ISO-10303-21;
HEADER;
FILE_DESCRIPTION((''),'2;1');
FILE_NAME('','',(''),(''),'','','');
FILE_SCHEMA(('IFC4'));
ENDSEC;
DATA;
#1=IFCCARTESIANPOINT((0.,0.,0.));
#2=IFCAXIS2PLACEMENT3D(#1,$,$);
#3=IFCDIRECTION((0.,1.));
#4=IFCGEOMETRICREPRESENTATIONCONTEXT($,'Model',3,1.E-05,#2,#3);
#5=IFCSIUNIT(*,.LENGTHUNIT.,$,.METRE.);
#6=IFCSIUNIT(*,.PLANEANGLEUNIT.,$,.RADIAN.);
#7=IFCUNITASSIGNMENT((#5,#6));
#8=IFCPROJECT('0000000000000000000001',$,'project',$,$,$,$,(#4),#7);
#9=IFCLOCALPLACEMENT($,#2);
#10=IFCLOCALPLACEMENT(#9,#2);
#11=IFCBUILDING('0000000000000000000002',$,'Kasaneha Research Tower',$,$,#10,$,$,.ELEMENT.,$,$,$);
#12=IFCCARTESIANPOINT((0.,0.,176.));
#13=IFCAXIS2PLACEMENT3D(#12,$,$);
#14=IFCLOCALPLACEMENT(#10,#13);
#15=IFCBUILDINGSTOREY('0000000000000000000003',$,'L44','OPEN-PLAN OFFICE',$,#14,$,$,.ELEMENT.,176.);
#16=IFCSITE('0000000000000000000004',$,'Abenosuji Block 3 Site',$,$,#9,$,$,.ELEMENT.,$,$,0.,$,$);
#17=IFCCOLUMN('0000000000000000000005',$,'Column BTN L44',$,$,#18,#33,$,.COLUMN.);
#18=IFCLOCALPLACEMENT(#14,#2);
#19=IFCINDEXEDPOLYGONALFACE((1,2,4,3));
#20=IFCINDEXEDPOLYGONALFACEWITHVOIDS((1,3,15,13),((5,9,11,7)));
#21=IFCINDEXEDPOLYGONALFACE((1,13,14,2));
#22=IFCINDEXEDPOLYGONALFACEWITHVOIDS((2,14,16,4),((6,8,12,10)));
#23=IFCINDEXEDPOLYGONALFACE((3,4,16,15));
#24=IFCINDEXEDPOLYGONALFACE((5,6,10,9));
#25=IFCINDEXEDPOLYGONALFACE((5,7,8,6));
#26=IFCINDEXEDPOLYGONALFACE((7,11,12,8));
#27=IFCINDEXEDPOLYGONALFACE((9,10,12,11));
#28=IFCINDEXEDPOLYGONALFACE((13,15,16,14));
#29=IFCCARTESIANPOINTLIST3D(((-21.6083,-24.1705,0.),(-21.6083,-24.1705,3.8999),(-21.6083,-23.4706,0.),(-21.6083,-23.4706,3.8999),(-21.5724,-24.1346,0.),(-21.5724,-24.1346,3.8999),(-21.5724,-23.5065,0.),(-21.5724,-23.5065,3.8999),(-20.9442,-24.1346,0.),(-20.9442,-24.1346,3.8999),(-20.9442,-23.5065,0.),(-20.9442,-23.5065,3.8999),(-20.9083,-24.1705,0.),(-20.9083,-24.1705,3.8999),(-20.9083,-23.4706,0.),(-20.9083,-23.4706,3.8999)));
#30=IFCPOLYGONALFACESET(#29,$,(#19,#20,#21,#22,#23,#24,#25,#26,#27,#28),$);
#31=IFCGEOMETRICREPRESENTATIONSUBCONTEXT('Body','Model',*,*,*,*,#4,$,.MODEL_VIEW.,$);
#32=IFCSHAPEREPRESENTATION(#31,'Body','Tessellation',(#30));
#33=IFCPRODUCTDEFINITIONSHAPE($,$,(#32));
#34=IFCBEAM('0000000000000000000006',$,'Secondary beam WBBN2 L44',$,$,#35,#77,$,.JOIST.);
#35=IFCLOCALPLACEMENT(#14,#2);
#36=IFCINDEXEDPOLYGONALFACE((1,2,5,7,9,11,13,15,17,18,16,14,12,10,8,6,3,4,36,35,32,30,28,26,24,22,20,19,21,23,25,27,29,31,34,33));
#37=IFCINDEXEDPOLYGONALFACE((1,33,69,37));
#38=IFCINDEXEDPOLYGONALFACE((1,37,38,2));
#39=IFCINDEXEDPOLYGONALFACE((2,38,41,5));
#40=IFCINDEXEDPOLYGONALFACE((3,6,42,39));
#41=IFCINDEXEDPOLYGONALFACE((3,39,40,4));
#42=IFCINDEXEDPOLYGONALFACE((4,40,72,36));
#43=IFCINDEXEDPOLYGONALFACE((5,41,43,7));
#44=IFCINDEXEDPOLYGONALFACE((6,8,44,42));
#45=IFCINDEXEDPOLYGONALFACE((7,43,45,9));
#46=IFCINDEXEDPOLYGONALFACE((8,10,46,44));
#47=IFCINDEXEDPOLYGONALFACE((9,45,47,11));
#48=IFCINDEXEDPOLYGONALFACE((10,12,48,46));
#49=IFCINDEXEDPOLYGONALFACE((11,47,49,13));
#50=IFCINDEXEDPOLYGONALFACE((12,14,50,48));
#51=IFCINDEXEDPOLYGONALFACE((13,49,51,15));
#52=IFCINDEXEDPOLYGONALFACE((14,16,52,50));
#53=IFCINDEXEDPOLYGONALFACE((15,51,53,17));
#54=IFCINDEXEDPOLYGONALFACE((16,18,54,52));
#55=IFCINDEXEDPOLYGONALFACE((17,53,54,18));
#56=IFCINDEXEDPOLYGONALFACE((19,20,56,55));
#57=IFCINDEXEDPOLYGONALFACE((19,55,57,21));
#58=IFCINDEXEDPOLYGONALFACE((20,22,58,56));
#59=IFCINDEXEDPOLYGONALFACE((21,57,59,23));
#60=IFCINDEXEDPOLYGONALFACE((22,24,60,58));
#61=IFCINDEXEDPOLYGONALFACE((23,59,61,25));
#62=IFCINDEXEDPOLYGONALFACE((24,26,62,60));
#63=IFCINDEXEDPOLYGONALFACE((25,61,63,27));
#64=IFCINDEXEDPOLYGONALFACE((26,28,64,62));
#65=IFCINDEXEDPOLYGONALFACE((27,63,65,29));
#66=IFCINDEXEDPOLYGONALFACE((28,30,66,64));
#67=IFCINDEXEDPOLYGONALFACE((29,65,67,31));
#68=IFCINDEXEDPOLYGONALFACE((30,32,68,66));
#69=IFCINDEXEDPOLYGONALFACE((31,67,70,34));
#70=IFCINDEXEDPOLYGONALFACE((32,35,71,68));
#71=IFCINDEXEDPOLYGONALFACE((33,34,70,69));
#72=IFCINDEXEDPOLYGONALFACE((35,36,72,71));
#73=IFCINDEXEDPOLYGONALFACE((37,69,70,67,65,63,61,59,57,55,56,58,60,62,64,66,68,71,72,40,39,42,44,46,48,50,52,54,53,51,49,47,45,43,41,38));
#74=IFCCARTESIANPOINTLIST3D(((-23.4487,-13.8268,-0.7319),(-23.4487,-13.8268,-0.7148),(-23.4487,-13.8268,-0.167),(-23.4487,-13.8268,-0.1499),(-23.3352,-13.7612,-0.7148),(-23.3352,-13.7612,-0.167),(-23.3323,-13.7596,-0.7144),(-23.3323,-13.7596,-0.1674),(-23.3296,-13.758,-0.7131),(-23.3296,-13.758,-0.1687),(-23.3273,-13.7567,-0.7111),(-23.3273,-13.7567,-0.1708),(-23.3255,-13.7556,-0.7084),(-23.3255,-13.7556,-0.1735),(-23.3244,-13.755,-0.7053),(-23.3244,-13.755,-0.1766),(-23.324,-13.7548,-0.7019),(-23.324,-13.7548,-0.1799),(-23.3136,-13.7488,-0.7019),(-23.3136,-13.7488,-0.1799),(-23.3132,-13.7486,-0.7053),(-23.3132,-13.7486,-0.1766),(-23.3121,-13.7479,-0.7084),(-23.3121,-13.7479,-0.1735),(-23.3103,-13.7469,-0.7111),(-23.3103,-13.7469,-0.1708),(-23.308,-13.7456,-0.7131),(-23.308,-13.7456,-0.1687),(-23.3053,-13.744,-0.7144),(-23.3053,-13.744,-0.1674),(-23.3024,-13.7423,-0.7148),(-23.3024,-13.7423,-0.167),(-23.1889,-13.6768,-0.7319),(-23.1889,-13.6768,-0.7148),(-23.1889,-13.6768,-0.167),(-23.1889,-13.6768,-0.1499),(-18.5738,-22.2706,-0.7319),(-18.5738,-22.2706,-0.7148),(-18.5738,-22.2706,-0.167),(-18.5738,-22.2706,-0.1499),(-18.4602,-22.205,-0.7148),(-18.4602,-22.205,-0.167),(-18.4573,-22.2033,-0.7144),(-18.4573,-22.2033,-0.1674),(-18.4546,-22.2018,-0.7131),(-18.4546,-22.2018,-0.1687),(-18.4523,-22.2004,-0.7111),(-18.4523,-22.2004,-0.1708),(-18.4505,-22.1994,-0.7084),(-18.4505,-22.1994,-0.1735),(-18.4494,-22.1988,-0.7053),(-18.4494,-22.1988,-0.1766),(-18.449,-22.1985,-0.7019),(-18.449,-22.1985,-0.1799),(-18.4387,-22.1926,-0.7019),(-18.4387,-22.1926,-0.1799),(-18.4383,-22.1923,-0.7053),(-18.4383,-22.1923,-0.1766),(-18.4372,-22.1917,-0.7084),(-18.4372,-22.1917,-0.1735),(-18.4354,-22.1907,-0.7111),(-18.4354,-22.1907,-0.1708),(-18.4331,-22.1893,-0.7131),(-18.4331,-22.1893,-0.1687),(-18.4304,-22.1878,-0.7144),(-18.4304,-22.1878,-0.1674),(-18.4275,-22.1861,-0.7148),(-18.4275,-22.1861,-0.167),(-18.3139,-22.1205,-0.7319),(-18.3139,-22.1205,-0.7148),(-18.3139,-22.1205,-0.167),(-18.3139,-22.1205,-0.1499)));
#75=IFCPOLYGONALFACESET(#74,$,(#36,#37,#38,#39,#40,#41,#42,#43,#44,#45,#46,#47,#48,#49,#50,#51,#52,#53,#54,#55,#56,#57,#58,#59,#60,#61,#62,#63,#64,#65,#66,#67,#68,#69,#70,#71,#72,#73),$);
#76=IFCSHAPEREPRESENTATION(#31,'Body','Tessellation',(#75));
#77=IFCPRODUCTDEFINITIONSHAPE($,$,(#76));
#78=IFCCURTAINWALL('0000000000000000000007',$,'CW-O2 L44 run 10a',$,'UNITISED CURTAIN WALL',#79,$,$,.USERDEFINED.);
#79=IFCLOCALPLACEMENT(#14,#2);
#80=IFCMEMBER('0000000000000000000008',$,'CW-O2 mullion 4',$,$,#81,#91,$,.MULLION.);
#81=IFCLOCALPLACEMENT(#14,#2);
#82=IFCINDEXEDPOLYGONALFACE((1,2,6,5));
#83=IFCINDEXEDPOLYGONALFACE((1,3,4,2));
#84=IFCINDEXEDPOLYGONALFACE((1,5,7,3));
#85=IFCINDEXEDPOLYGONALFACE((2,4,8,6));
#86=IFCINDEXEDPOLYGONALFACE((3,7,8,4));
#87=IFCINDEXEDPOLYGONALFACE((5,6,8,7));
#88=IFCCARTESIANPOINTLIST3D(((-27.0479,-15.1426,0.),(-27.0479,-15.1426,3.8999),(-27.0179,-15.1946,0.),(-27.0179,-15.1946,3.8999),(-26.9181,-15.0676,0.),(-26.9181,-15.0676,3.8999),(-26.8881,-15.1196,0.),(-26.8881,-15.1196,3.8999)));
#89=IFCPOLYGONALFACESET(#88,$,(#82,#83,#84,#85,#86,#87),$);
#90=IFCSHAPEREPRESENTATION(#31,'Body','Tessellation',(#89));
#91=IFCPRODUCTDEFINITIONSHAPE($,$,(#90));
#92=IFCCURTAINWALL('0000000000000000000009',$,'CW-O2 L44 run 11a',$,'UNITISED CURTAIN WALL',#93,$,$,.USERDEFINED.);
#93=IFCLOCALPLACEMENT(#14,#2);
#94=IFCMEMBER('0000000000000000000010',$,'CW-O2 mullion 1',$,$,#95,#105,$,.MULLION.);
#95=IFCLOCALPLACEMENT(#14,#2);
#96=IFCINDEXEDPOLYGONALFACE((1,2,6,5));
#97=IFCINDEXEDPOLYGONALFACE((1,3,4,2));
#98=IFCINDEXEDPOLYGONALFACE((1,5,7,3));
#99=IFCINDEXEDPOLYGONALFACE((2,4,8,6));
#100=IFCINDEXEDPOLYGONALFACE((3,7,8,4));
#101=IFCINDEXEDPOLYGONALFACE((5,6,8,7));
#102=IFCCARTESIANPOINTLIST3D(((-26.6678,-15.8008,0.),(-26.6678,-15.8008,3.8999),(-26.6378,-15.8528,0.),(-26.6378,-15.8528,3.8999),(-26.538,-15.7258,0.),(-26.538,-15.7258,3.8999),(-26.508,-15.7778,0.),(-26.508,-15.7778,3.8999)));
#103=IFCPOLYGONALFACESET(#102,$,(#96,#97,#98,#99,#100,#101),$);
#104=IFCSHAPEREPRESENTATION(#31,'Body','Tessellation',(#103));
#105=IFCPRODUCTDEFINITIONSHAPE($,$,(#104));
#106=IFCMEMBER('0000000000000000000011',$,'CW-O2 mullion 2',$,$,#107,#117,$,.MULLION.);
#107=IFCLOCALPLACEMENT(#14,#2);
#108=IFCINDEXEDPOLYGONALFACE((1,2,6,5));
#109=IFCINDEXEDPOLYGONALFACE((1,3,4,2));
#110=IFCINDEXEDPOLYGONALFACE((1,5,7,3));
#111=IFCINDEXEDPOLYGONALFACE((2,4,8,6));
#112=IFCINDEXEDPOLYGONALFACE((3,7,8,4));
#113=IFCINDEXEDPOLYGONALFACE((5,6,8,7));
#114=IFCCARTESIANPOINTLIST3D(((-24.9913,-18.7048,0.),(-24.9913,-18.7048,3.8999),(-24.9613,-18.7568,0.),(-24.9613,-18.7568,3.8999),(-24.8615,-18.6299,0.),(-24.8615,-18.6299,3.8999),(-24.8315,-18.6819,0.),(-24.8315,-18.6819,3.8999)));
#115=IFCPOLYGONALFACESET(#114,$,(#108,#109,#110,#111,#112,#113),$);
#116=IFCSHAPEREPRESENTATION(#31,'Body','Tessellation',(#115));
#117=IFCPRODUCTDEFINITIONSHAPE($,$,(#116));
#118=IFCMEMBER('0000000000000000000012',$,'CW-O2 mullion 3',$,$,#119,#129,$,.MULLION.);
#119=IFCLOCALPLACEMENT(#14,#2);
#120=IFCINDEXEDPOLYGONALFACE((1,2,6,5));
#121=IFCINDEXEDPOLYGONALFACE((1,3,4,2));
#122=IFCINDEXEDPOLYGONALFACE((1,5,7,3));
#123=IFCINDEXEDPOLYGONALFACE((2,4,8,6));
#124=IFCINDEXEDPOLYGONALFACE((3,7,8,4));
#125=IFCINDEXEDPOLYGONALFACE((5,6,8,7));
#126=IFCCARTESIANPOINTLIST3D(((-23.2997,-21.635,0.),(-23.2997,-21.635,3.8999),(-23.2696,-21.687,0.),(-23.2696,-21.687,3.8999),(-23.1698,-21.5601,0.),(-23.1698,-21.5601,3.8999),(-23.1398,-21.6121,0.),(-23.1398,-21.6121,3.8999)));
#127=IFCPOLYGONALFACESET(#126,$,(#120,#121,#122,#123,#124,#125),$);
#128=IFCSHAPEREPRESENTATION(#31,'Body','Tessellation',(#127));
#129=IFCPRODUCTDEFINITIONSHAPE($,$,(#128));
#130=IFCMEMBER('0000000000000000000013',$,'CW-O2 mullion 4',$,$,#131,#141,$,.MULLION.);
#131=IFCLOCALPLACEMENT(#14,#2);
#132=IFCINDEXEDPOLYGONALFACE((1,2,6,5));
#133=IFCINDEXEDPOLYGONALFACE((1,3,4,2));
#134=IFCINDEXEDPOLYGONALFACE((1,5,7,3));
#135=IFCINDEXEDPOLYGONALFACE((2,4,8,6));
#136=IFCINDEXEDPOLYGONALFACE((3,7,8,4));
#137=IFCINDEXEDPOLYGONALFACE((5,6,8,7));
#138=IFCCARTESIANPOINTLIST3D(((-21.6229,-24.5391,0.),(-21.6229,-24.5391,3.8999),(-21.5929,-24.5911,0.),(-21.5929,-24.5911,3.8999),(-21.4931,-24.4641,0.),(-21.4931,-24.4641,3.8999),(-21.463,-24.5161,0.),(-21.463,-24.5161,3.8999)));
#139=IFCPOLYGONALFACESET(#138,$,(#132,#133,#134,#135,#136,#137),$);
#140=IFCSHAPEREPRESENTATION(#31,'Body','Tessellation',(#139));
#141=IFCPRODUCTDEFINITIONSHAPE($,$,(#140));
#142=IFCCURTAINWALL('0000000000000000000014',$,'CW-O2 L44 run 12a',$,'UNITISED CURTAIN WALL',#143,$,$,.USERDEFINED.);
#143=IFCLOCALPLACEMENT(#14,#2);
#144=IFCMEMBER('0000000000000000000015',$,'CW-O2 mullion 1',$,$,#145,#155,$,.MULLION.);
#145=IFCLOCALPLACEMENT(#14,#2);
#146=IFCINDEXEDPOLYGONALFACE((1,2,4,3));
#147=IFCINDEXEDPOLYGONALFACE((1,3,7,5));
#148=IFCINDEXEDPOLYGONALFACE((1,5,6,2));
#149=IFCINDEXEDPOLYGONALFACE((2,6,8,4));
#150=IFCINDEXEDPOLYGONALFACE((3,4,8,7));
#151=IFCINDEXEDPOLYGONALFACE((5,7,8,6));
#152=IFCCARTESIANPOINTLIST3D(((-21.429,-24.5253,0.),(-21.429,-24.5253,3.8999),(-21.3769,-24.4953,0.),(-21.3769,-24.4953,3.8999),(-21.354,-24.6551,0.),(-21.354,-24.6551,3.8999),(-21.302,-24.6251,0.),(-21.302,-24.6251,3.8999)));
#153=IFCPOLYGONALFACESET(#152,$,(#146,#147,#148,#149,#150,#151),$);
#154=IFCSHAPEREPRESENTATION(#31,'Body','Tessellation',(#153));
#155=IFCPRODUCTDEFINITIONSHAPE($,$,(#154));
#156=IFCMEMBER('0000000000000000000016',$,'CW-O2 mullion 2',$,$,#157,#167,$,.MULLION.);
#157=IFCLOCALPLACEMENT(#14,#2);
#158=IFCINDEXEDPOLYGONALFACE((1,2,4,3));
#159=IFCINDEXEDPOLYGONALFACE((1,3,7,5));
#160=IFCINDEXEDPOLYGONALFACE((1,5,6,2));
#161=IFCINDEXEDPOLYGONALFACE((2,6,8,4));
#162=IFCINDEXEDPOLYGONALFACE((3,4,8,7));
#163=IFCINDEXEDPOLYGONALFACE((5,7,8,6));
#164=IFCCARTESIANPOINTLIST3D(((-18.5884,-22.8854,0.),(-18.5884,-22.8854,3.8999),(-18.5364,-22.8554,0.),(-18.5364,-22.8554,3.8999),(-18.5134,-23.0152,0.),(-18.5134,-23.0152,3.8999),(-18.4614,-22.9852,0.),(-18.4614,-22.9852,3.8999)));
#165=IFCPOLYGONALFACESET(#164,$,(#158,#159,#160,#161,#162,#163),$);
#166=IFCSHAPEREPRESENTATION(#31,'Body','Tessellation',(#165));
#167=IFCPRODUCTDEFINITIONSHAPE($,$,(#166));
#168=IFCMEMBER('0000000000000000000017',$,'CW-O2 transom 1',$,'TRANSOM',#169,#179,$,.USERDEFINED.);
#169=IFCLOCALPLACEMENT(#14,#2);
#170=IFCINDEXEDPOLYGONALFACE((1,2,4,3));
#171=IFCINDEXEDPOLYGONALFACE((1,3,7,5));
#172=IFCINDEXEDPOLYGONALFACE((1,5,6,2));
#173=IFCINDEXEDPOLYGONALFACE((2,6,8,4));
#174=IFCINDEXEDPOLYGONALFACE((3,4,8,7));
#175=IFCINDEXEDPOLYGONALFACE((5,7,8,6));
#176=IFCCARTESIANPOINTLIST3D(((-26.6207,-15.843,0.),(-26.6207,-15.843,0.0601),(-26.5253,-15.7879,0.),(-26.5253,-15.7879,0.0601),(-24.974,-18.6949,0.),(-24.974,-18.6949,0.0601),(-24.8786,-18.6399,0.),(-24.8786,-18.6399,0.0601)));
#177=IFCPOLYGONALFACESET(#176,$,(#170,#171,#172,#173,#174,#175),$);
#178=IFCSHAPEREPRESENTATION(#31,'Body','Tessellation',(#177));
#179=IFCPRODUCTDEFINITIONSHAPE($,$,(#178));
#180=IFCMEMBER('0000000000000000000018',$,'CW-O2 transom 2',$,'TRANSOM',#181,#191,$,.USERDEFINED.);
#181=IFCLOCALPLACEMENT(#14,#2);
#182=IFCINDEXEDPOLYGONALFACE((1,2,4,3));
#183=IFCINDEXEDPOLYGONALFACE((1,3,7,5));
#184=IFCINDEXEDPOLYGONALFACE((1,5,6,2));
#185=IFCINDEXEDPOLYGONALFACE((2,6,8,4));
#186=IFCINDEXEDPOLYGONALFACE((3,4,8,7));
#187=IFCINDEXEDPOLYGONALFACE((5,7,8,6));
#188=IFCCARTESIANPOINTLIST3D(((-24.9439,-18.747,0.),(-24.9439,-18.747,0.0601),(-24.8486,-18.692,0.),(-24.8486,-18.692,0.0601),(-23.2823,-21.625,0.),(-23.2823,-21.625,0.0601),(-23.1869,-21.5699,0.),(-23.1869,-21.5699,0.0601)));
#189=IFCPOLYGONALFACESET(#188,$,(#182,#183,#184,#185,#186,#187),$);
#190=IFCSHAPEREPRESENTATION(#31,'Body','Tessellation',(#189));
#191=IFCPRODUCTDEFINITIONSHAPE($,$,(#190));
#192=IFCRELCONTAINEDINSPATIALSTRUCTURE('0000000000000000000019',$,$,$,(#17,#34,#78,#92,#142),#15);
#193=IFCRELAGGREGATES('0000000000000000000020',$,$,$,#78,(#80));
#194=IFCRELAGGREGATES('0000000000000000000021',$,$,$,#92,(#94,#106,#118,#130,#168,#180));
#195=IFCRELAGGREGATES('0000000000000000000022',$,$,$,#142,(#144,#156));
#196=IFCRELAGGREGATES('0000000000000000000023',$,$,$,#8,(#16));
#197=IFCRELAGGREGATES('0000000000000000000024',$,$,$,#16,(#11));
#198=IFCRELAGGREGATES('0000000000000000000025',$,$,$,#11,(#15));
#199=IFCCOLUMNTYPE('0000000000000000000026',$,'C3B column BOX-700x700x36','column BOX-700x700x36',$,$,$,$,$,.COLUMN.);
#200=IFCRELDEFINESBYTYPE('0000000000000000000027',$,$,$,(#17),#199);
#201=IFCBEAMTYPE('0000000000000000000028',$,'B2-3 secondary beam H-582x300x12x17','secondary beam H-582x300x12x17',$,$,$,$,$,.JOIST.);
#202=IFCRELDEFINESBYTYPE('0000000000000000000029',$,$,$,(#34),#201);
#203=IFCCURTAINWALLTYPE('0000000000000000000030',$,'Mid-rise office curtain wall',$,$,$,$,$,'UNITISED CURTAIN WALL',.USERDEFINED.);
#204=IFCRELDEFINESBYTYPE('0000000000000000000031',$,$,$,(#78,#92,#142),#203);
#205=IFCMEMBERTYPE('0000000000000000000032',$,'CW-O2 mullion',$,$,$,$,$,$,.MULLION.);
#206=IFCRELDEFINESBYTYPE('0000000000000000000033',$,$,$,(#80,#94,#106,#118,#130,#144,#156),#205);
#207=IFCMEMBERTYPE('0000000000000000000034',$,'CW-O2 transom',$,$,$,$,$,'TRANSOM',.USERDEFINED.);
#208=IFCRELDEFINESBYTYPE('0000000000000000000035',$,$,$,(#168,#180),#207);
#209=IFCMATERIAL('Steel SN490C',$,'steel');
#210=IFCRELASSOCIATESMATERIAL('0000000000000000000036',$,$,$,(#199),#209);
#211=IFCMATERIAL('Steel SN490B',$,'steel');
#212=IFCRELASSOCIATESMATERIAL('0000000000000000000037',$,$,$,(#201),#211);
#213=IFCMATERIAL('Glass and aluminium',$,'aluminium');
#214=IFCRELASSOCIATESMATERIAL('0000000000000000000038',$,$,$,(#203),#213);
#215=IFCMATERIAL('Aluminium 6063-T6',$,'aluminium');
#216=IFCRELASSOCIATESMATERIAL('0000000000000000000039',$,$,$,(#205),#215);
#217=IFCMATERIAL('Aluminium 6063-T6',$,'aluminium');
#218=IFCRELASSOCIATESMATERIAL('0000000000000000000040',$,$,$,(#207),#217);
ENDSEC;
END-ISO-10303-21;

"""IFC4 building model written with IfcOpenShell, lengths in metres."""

from ifc_helpers import new_model, si_unit, direction, frame, origin, origin_2d, place, context, subcontext, project, spatial, rectangle, hollow_rectangle, i_section, extrude, material, material_profile, profile_set, type_object, element, aggregate, save


model = new_model("IFC4")

# Units and contexts
model_context = context("Model", 3, precision=1e-05, world=origin(), true_north=direction((0.0, 1.0)))
body_context = subcontext(model_context, "Body", "Model", "MODEL_VIEW")
ifc_project = project(units=[si_unit("LENGTHUNIT", "METRE"), si_unit("PLANEANGLEUNIT", "RADIAN")], contexts=[model_context])

# Site, building, storey
site_placement = place(None, origin())
site = spatial("IfcSite", under=ifc_project, at=site_placement, Name="Abenosuji Block 3 Site", CompositionType="ELEMENT", RefElevation=0.0)
building_placement = place(site_placement, origin())
building = spatial("IfcBuilding", under=site, at=building_placement, Name="Kasaneha Research Tower", CompositionType="ELEMENT")
storey_placement = place(building_placement, frame((0.0, 0.0, 176.0)))
storey = spatial("IfcBuildingStorey", under=building, at=storey_placement, Name="L44", Description="OPEN-PLAN OFFICE", CompositionType="ELEMENT", Elevation=176.0)

# Column
ifc_material_1 = material(Name="Steel SN490C", Category="steel")
ifc_material_profile_1 = material_profile(ifc_material_1, hollow_rectangle(XDim=0.7, YDim=0.7, WallThickness=0.0359, at=origin_2d()), Name="BOX-700x700x36")
ifc_profile_set_1 = profile_set([ifc_material_profile_1], Name="Steel SN490C")
column_type = type_object("IfcColumnType", Name="C3B column BOX-700x700x36", Description="column BOX-700x700x36", PredefinedType="COLUMN", material=ifc_profile_set_1)
column_placement = place(storey_placement, frame((-21.2583, -23.8206, 0.0), z_axis=(0.0, 0.0, 1.0), x_axis=(1.0, 0.0, 0.0)))
element("IfcColumn", 1, at=column_placement, inside=storey, type_object=column_type, Name="Column BTN L44", PredefinedType="COLUMN", context=body_context, shape_type="SweptSolid", body=[
    extrude(hollow_rectangle(XDim=0.7, YDim=0.7, WallThickness=0.0359, at=origin_2d()), origin(), (0.0, 0.0, 1.0), 3.8999),
])

# Beam
ifc_material_2 = material(Name="Steel SN490B", Category="steel")
ifc_material_profile_2 = material_profile(ifc_material_2, i_section(OverallWidth=0.3, OverallDepth=0.582, WebThickness=0.012, FlangeThickness=0.0171, FilletRadius=0.0129, at=origin_2d()), Name="H-582x300x12x17")
ifc_profile_set_2 = profile_set([ifc_material_profile_2], Name="Steel SN490B")
beam_type_1 = type_object("IfcBeamType", Name="B2-3 secondary beam H-582x300x12x17", Description="secondary beam H-582x300x12x17", PredefinedType="JOIST", material=ifc_profile_set_2)
beam_1_placement = place(storey_placement, frame((-18.4438, -22.1956, -0.4409), z_axis=(-0.499996, 0.866028, 0.0), x_axis=(-0.866028, -0.499996, 0.0)))
element("IfcBeam", 2, at=beam_1_placement, inside=storey, type_object=beam_type_1, Name="Secondary beam WBBN2 L44", PredefinedType="JOIST", context=body_context, shape_type="SweptSolid", body=[
    extrude(i_section(OverallWidth=0.3, OverallDepth=0.582, WebThickness=0.012, FlangeThickness=0.0171, FilletRadius=0.0129, at=origin_2d()), origin(), (0.0, 0.0, 1.0), 9.75),
])

# Curtain wall, member
ifc_material_3 = material(Name="Glass and aluminium", Category="aluminium")
curtain_wall_type = type_object("IfcCurtainWallType", Name="Mid-rise office curtain wall", ElementType="UNITISED CURTAIN WALL", PredefinedType="USERDEFINED", material=ifc_material_3)
curtain_wall_1_placement = place(storey_placement, origin())
curtain_wall_1 = element("IfcCurtainWall", 3, at=curtain_wall_1_placement, inside=storey, type_object=curtain_wall_type, Name="CW-O2 L44 run 10a", ObjectType="UNITISED CURTAIN WALL", PredefinedType="USERDEFINED")
ifc_material_4 = material(Name="Aluminium 6063-T6", Category="aluminium")
ifc_material_profile_3 = material_profile(ifc_material_4, rectangle(XDim=0.0601, YDim=0.1499, at=origin_2d()), Name="CW-O2 mullion 60x150")
ifc_profile_set_3 = profile_set([ifc_material_profile_3], Name="Aluminium 6063-T6")
member_type_1 = type_object("IfcMemberType", Name="CW-O2 mullion", PredefinedType="MULLION", material=ifc_profile_set_3)
member_1_placement = place(storey_placement, frame((-26.968, -15.1311, 0.0), z_axis=(0.0, 0.0, 1.0), x_axis=(0.5, -0.866025, 0.0)))
member_1 = element("IfcMember", 4, at=member_1_placement, type_object=member_type_1, Name="CW-O2 mullion 4", PredefinedType="MULLION", context=body_context, shape_type="SweptSolid", body=[
    extrude(rectangle(XDim=0.0601, YDim=0.1499, at=origin_2d()), origin(), (0.0, 0.0, 1.0), 3.8999),
])
aggregate(curtain_wall_1, [member_1])

# Curtain walls, members
curtain_wall_2_placement = place(storey_placement, origin())
curtain_wall_2 = element("IfcCurtainWall", 5, at=curtain_wall_2_placement, inside=storey, type_object=curtain_wall_type, Name="CW-O2 L44 run 11a", ObjectType="UNITISED CURTAIN WALL", PredefinedType="USERDEFINED")
member_2_placement = place(storey_placement, frame((-26.5879, -15.7893, 0.0), z_axis=(0.0, 0.0, 1.0), x_axis=(0.5, -0.866025, 0.0)))
member_2 = element("IfcMember", 6, at=member_2_placement, type_object=member_type_1, Name="CW-O2 mullion 1", PredefinedType="MULLION", context=body_context, shape_type="SweptSolid", body=[
    extrude(rectangle(XDim=0.0601, YDim=0.1499, at=origin_2d()), origin(), (0.0, 0.0, 1.0), 3.8999),
])
member_3_placement = place(storey_placement, frame((-24.9114, -18.6934, 0.0), z_axis=(0.0, 0.0, 1.0), x_axis=(0.5, -0.866025, 0.0)))
member_3 = element("IfcMember", 7, at=member_3_placement, type_object=member_type_1, Name="CW-O2 mullion 2", PredefinedType="MULLION", context=body_context, shape_type="SweptSolid", body=[
    extrude(rectangle(XDim=0.0601, YDim=0.1499, at=origin_2d()), origin(), (0.0, 0.0, 1.0), 3.8999),
])
member_4_placement = place(storey_placement, frame((-23.2197, -21.6235, 0.0), z_axis=(0.0, 0.0, 1.0), x_axis=(0.5, -0.866025, 0.0)))
member_4 = element("IfcMember", 8, at=member_4_placement, type_object=member_type_1, Name="CW-O2 mullion 3", PredefinedType="MULLION", context=body_context, shape_type="SweptSolid", body=[
    extrude(rectangle(XDim=0.0601, YDim=0.1499, at=origin_2d()), origin(), (0.0, 0.0, 1.0), 3.8999),
])
member_5_placement = place(storey_placement, frame((-21.543, -24.5276, 0.0), z_axis=(0.0, 0.0, 1.0), x_axis=(0.5, -0.866025, 0.0)))
member_5 = element("IfcMember", 9, at=member_5_placement, type_object=member_type_1, Name="CW-O2 mullion 4", PredefinedType="MULLION", context=body_context, shape_type="SweptSolid", body=[
    extrude(rectangle(XDim=0.0601, YDim=0.1499, at=origin_2d()), origin(), (0.0, 0.0, 1.0), 3.8999),
])
curtain_wall_3_placement = place(storey_placement, origin())
curtain_wall_3 = element("IfcCurtainWall", 10, at=curtain_wall_3_placement, inside=storey, type_object=curtain_wall_type, Name="CW-O2 L44 run 12a", ObjectType="UNITISED CURTAIN WALL", PredefinedType="USERDEFINED")
member_6_placement = place(storey_placement, frame((-21.3655, -24.5752, 0.0), z_axis=(0.0, 0.0, 1.0), x_axis=(0.866025, 0.5, 0.0)))
member_6 = element("IfcMember", 11, at=member_6_placement, type_object=member_type_1, Name="CW-O2 mullion 1", PredefinedType="MULLION", context=body_context, shape_type="SweptSolid", body=[
    extrude(rectangle(XDim=0.0601, YDim=0.1499, at=origin_2d()), origin(), (0.0, 0.0, 1.0), 3.8999),
])
member_7_placement = place(storey_placement, frame((-18.5249, -22.9353, 0.0), z_axis=(0.0, 0.0, 1.0), x_axis=(0.866025, 0.5, 0.0)))
member_7 = element("IfcMember", 12, at=member_7_placement, type_object=member_type_1, Name="CW-O2 mullion 2", PredefinedType="MULLION", context=body_context, shape_type="SweptSolid", body=[
    extrude(rectangle(XDim=0.0601, YDim=0.1499, at=origin_2d()), origin(), (0.0, 0.0, 1.0), 3.8999),
])

# Members
ifc_material_5 = material(Name="Aluminium 6063-T6", Category="aluminium")
ifc_material_profile_4 = material_profile(ifc_material_5, rectangle(XDim=0.1101, YDim=0.0601, at=origin_2d()), Name="CW-O2 transom 110x60")
ifc_profile_set_4 = profile_set([ifc_material_profile_4], Name="Aluminium 6063-T6")
member_type_2 = type_object("IfcMemberType", Name="CW-O2 transom", ElementType="TRANSOM", PredefinedType="USERDEFINED", material=ifc_profile_set_4)
member_8_placement = place(storey_placement, frame((-26.573, -15.8154, 0.03), z_axis=(0.500022, -0.866013, 0.0), x_axis=(0.866013, 0.500022, 0.0)))
member_8 = element("IfcMember", 13, at=member_8_placement, type_object=member_type_2, Name="CW-O2 transom 1", ObjectType="TRANSOM", PredefinedType="USERDEFINED", context=body_context, shape_type="SweptSolid", body=[
    extrude(rectangle(XDim=0.1101, YDim=0.0601, at=origin_2d()), origin(), (0.0, 0.0, 1.0), 3.2932),
])
member_9_placement = place(storey_placement, frame((-24.8962, -18.7195, 0.03), z_axis=(0.500011, -0.866019, 0.0), x_axis=(0.866019, 0.500011, 0.0)))
member_9 = element("IfcMember", 14, at=member_9_placement, type_object=member_type_2, Name="CW-O2 transom 2", ObjectType="TRANSOM", PredefinedType="USERDEFINED", context=body_context, shape_type="SweptSolid", body=[
    extrude(rectangle(XDim=0.1101, YDim=0.0601, at=origin_2d()), origin(), (0.0, 0.0, 1.0), 3.3232),
])

aggregate(curtain_wall_2, [member_2, member_3, member_4, member_5, member_8, member_9])
aggregate(curtain_wall_3, [member_6, member_7])

save(model, "model.ifc")
